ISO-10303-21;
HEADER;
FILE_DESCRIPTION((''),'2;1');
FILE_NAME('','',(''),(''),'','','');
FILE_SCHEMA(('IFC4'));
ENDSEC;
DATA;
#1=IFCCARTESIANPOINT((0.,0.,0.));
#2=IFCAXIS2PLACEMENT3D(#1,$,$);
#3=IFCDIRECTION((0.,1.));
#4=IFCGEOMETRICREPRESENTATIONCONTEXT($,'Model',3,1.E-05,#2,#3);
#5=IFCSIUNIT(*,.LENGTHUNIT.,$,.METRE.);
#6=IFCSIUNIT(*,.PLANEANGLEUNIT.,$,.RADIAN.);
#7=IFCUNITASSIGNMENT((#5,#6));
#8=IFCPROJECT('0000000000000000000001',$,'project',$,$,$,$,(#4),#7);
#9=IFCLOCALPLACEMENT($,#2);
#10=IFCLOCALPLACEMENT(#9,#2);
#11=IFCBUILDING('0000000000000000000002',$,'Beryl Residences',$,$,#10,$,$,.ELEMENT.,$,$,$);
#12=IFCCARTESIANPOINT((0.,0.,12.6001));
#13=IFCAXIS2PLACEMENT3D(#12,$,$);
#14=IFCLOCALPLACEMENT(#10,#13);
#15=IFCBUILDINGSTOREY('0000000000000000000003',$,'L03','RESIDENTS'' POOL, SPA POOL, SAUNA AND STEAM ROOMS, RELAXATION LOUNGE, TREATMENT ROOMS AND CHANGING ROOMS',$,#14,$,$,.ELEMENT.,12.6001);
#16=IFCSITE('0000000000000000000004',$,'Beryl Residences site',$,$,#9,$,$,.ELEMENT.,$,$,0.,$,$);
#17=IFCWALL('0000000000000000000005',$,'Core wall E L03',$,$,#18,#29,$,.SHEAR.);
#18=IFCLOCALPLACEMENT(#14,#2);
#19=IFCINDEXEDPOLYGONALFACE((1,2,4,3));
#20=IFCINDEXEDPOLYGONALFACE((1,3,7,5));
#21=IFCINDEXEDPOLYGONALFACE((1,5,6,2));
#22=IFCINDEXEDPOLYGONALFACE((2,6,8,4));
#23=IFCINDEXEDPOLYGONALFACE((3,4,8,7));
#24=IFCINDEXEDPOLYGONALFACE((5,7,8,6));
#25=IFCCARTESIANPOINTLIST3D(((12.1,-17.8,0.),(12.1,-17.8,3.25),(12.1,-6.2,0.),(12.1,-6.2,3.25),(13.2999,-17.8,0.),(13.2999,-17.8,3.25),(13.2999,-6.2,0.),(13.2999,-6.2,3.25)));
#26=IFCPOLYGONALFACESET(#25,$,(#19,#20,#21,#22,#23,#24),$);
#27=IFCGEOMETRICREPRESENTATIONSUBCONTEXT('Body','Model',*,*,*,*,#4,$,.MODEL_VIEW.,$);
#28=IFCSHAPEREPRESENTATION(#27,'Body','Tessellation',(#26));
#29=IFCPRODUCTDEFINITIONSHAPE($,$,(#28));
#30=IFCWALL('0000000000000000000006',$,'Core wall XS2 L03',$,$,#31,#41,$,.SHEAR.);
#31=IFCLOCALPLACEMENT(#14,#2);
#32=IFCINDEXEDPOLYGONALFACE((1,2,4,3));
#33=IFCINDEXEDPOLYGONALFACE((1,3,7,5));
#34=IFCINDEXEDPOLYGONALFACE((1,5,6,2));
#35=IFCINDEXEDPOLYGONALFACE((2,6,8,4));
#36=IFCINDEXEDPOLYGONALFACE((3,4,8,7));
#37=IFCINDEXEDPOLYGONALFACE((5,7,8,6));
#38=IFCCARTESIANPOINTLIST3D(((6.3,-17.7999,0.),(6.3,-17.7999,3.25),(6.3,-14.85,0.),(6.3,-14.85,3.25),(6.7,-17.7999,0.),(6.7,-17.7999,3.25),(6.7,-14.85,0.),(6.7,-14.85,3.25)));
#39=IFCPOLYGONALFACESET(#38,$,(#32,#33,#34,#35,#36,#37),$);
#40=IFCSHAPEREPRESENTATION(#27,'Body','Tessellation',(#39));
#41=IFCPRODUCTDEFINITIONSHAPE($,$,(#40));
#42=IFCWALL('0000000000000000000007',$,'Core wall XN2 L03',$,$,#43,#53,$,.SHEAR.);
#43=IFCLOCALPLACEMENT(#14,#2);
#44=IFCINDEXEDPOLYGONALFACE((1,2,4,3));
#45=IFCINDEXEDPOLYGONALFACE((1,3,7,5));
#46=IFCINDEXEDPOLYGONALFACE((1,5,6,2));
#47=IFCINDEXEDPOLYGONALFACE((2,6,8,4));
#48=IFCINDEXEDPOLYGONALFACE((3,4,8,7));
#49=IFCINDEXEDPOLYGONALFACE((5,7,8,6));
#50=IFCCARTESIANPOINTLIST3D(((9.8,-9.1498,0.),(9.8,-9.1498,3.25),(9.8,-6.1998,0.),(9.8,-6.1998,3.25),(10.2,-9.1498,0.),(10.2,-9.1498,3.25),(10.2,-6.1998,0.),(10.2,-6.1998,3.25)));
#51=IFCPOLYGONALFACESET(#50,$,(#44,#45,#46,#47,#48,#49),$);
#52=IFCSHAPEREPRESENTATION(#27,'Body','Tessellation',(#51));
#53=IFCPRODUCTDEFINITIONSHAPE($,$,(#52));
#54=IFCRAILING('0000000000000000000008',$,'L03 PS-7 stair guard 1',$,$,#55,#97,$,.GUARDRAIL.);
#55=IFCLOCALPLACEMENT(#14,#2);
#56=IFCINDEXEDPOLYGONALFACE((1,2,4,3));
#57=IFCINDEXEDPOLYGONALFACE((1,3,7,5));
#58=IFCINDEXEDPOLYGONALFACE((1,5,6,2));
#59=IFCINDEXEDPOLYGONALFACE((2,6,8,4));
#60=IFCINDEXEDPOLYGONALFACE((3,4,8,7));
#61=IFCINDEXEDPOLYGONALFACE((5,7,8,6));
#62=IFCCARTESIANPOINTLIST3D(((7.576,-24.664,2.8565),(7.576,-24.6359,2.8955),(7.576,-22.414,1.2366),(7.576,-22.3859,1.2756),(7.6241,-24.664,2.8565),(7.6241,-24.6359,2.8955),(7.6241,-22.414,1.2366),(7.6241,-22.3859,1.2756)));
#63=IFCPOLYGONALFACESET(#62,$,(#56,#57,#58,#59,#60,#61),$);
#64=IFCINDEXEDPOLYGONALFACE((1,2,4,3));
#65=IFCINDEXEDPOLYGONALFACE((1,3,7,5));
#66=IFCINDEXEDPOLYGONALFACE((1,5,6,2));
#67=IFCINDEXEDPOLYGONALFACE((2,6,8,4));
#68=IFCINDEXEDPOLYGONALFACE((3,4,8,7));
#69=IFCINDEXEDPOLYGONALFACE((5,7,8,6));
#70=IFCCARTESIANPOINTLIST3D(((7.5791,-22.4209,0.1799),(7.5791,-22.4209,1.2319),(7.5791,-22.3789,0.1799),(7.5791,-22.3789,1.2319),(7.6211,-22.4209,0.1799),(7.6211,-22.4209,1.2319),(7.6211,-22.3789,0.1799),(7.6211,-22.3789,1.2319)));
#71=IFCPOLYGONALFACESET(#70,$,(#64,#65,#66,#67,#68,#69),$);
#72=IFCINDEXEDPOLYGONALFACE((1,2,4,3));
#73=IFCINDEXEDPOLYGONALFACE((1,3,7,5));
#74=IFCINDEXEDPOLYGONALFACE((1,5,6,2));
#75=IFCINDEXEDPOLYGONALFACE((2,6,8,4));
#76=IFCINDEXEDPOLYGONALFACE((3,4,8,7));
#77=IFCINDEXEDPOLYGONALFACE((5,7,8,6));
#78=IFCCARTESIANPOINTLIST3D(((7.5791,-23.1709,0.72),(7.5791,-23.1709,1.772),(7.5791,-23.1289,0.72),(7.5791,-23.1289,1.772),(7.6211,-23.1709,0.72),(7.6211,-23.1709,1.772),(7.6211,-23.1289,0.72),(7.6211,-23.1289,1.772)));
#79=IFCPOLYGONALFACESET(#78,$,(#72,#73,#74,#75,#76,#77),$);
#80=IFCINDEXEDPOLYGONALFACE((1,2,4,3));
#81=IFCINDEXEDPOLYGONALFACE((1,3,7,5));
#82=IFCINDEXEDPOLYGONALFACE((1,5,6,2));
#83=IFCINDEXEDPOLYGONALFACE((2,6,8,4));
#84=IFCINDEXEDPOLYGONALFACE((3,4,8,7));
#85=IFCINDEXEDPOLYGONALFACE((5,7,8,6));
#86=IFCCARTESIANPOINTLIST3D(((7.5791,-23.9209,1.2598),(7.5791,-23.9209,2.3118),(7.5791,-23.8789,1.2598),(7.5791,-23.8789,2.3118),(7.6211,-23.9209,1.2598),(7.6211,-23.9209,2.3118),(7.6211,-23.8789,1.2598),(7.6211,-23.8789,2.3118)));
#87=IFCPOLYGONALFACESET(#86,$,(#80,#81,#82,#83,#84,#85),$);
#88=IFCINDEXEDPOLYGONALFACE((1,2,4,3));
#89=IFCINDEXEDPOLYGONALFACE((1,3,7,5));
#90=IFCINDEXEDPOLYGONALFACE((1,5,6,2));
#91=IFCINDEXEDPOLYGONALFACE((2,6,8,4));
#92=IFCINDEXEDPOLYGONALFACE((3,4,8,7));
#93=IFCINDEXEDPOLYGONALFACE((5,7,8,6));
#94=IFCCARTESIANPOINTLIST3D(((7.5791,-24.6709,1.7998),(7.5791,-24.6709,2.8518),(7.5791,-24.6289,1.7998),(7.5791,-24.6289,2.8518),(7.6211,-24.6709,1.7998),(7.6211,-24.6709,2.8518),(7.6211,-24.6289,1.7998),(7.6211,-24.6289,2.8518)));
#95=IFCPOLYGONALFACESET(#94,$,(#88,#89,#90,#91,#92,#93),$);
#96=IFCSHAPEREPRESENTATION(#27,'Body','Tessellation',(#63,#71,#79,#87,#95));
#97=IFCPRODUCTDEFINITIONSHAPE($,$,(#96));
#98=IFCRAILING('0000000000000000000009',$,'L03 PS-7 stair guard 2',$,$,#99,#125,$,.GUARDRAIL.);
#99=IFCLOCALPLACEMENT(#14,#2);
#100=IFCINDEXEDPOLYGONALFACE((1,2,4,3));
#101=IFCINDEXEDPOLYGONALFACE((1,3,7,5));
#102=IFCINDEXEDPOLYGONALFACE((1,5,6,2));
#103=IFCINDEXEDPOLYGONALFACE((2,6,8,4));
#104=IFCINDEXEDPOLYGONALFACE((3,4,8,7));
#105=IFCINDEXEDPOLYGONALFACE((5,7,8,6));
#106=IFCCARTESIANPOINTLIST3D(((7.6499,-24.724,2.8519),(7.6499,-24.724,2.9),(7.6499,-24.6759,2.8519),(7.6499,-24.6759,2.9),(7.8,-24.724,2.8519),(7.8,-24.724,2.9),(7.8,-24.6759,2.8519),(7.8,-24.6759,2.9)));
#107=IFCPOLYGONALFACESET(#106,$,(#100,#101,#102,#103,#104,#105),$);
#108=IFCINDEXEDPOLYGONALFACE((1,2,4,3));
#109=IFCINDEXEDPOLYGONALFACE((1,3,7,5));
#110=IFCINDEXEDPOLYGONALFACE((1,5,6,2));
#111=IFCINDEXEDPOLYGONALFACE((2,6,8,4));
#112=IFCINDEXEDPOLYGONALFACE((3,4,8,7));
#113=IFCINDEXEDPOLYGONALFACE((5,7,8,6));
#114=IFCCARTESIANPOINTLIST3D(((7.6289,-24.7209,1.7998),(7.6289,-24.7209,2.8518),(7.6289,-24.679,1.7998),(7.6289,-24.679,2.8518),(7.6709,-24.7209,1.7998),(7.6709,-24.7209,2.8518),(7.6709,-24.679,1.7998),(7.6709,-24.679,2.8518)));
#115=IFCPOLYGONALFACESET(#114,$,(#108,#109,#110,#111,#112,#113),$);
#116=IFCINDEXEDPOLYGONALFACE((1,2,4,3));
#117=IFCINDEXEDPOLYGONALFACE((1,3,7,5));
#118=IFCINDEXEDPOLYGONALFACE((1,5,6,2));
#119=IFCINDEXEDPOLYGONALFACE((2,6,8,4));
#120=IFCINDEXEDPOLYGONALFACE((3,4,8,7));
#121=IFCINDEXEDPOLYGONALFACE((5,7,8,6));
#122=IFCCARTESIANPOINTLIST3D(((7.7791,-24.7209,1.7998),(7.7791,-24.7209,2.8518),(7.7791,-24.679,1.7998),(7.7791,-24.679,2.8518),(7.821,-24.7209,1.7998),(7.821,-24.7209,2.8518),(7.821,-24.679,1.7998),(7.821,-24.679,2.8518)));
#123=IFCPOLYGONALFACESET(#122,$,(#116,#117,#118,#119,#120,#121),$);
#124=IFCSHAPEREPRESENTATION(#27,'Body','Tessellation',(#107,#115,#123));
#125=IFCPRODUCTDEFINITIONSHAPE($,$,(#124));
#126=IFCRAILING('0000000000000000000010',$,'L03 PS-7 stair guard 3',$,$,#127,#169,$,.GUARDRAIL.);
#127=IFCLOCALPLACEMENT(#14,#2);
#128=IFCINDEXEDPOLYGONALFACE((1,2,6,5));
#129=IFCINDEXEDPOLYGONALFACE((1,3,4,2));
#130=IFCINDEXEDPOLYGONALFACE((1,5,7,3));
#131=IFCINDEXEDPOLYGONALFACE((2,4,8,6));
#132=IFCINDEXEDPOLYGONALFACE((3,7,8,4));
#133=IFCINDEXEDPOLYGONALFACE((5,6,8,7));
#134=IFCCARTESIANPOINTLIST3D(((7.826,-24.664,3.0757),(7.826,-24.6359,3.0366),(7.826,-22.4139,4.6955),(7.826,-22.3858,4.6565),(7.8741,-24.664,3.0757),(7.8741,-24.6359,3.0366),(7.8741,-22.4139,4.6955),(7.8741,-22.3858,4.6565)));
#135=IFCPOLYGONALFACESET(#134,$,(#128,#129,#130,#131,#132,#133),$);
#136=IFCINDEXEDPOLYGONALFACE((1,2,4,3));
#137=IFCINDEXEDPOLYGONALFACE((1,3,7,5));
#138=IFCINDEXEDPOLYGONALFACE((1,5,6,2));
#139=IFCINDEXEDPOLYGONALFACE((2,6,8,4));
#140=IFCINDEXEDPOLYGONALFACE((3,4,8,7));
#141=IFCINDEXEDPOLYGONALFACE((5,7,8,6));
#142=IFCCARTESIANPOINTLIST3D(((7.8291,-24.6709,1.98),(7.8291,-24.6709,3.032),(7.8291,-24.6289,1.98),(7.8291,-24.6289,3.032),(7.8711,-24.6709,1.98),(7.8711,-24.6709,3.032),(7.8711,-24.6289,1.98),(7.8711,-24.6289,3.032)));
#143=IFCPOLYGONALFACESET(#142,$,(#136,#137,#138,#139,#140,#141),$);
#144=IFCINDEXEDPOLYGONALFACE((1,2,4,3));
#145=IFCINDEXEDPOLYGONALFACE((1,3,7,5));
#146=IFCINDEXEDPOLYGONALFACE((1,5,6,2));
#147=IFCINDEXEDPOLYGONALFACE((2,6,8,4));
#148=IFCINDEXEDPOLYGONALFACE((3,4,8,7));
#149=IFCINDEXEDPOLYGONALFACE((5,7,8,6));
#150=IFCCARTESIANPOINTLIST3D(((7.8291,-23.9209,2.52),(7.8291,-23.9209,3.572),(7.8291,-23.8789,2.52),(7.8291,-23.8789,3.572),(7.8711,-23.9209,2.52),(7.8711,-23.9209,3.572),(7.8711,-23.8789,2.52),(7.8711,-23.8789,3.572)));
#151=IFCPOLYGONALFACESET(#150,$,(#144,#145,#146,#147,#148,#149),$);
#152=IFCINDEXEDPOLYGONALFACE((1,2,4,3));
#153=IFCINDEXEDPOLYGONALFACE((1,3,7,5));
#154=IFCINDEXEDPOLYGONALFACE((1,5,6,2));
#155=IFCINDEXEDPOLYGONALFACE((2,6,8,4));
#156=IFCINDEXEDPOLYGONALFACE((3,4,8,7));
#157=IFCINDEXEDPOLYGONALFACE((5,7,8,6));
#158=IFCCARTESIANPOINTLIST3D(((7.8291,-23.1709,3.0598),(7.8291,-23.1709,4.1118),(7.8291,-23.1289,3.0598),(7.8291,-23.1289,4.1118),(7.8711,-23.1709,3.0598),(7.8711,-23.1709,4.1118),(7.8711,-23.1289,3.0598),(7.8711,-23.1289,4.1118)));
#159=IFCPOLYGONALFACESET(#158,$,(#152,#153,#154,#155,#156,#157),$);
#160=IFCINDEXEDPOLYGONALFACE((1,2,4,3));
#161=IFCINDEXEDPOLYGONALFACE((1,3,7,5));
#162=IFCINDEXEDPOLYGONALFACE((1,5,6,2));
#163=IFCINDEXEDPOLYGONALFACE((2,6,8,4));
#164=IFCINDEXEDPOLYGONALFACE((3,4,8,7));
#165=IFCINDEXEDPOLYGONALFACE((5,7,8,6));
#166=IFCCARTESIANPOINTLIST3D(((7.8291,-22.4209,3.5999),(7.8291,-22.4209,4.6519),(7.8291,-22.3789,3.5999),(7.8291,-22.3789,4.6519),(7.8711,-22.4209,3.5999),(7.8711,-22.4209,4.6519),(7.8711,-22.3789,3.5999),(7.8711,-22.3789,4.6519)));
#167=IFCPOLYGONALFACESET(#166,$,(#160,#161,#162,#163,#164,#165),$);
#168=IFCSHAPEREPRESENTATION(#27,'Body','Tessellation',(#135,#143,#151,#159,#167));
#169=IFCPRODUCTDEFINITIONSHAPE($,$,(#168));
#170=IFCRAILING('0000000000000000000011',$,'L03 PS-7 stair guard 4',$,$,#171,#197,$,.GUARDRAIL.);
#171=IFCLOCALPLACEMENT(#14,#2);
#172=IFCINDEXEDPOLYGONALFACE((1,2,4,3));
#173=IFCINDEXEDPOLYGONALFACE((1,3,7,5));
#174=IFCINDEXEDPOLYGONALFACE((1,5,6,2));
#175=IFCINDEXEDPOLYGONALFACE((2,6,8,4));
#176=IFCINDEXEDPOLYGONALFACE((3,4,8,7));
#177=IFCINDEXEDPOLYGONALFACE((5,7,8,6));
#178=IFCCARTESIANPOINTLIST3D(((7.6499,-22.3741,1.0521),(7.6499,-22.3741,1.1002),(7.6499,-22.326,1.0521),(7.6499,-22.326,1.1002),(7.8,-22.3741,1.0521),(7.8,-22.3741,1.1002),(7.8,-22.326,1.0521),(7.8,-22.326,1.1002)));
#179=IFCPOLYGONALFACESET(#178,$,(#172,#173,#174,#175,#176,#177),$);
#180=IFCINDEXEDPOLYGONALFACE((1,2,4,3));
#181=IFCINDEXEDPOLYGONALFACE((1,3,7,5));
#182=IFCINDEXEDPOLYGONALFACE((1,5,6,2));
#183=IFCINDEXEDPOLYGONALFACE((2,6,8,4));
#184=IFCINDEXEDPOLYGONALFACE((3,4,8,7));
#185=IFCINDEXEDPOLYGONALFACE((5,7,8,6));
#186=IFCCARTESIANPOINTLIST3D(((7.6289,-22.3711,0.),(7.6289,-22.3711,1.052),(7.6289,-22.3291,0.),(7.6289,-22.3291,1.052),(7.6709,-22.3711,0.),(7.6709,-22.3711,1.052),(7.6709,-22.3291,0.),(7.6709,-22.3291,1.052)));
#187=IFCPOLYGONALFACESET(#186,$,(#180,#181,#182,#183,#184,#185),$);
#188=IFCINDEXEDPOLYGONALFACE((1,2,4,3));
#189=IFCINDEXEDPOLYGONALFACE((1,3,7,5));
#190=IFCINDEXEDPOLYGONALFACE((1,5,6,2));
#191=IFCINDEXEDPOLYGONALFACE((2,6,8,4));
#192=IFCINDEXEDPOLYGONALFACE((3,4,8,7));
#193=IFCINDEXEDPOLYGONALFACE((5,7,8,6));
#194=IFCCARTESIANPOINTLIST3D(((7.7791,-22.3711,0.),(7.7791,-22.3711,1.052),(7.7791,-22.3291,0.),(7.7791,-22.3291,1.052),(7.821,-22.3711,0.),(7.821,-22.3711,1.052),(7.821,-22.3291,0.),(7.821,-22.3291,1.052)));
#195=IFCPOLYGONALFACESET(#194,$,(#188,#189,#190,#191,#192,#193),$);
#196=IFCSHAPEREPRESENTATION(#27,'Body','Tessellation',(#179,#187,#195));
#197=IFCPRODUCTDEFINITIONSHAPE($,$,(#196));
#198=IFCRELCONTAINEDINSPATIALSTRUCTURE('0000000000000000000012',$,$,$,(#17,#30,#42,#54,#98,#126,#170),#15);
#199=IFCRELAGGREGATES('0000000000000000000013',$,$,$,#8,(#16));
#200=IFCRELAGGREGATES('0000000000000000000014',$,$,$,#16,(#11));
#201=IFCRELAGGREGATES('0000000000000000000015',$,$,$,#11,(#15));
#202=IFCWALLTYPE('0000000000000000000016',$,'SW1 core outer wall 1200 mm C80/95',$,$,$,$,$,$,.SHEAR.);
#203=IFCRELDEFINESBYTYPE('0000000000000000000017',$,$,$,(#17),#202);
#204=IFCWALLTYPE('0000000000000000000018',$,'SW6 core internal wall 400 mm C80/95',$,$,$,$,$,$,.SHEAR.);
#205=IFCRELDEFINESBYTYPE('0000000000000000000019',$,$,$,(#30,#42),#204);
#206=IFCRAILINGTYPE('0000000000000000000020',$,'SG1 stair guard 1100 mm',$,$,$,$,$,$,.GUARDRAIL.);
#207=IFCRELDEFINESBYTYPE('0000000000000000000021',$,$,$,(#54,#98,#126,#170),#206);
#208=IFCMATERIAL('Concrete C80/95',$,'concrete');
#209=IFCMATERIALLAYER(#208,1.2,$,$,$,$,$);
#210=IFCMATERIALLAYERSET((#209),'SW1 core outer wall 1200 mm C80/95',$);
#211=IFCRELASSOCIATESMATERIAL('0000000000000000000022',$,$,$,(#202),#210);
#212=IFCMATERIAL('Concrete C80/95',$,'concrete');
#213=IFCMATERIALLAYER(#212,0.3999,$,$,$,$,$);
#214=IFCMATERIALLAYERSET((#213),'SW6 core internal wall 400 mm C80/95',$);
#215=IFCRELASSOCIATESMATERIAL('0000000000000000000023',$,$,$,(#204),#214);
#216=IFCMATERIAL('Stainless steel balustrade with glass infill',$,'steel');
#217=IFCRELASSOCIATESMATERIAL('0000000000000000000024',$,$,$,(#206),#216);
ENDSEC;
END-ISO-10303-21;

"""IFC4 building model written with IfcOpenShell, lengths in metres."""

from ifc_helpers import new_model, si_unit, direction, frame, frame_2d, origin, origin_2d, place, context, subcontext, project, spatial, rectangle, extrude, material, layer, layer_set, type_object, element, save


model = new_model("IFC4")

# Units and contexts
model_context = context("Model", 3, precision=1e-05, world=origin(), true_north=direction((0.0, 1.0)))
body_context = subcontext(model_context, "Body", "Model", "MODEL_VIEW")
ifc_project = project(units=[si_unit("LENGTHUNIT", "METRE"), si_unit("PLANEANGLEUNIT", "RADIAN")], contexts=[model_context])

# Site, building, storey
site_placement = place(None, origin())
site = spatial("IfcSite", under=ifc_project, at=site_placement, Name="Beryl Residences site", CompositionType="ELEMENT", RefElevation=0.0)
building_placement = place(site_placement, origin())
building = spatial("IfcBuilding", under=site, at=building_placement, Name="Beryl Residences", CompositionType="ELEMENT")
storey_placement = place(building_placement, frame((0.0, 0.0, 12.6001)))
storey = spatial("IfcBuildingStorey", under=building, at=storey_placement, Name="L03", Description="RESIDENTS' POOL, SPA POOL, SAUNA AND STEAM ROOMS, RELAXATION LOUNGE, TREATMENT ROOMS AND CHANGING ROOMS", CompositionType="ELEMENT", Elevation=12.6001)

# Walls
ifc_material_1 = material(Name="Concrete C80/95", Category="concrete")
ifc_layer_1 = layer(ifc_material_1, 1.2)
ifc_layer_set_1 = layer_set([ifc_layer_1], Name="SW1 core outer wall 1200 mm C80/95")
wall_type_1 = type_object("IfcWallType", Name="SW1 core outer wall 1200 mm C80/95", PredefinedType="SHEAR", material=ifc_layer_set_1)
wall_1_placement = place(storey_placement, frame((12.7, -17.8, 0.0), z_axis=(0.0, 0.0, 1.0), x_axis=(0.0, 1.0, 0.0)))
element("IfcWall", 1, at=wall_1_placement, inside=storey, type_object=wall_type_1, Name="Core wall E L03", PredefinedType="SHEAR", context=body_context, shape_type="SweptSolid", body=[
    extrude(rectangle(XDim=11.6001, YDim=1.2, at=frame_2d((5.8, 0.0))), origin(), (0.0, 0.0, 1.0), 3.25),
])
ifc_material_2 = material(Name="Concrete C80/95", Category="concrete")
ifc_layer_2 = layer(ifc_material_2, 0.3999)
ifc_layer_set_2 = layer_set([ifc_layer_2], Name="SW6 core internal wall 400 mm C80/95")
wall_type_2 = type_object("IfcWallType", Name="SW6 core internal wall 400 mm C80/95", PredefinedType="SHEAR", material=ifc_layer_set_2)
for number, where, z_axis, x_axis, name in (
    (2, (6.5, -17.8, 0.0), (0.0, 0.0, 1.0), (0.0, 1.0, 0.0), "Core wall XS2 L03"),
    (3, (10.0, -9.1499, 0.0), (0.0, 0.0, 1.0), (0.0, 1.0, 0.0), "Core wall XN2 L03"),
):
    element("IfcWall", number, at=place(storey_placement, frame(where, z_axis=z_axis, x_axis=x_axis)), inside=storey, type_object=wall_type_2, Name=name, PredefinedType="SHEAR", context=body_context, shape_type="SweptSolid", body=[
        extrude(rectangle(XDim=2.95, YDim=0.3999, at=frame_2d((1.4751, 0.0))), origin(), (0.0, 0.0, 1.0), 3.25),
    ])

# Railings
ifc_material_3 = material(Name="Stainless steel balustrade with glass infill", Category="steel")
railing_type_1 = type_object("IfcRailingType", Name="SG1 stair guard 1100 mm", PredefinedType="GUARDRAIL", material=ifc_material_3)
railing_1_placement = place(storey_placement, frame((7.6001, -22.3999, 0.1799)))
element("IfcRailing", 4, at=railing_1_placement, inside=storey, type_object=railing_type_1, Name="L03 PS-7 stair guard 1", PredefinedType="GUARDRAIL", context=body_context, shape_type="SweptSolid", body=[
    extrude(rectangle(XDim=0.0481, YDim=0.0481, at=origin_2d()), frame((0.0, 0.0, 1.0762), z_axis=(0.0, -0.811556, 0.584275), x_axis=(1.0, 0.0, 0.0)), (0.0, 0.0, 1.0), 2.7725),
    extrude(rectangle(XDim=0.042, YDim=0.042, at=origin_2d()), origin(), (0.0, 0.0, 1.0), 1.052),
    extrude(rectangle(XDim=0.042, YDim=0.042, at=origin_2d()), frame((0.0, -0.75, 0.54)), (0.0, 0.0, 1.0), 1.052),
    extrude(rectangle(XDim=0.042, YDim=0.042, at=origin_2d()), frame((0.0, -1.5, 1.0798)), (0.0, 0.0, 1.0), 1.052),
    extrude(rectangle(XDim=0.042, YDim=0.042, at=origin_2d()), frame((0.0, -2.25, 1.6199)), (0.0, 0.0, 1.0), 1.052),
])
railing_2_placement = place(storey_placement, frame((7.6499, -24.7, 1.7998)))
element("IfcRailing", 5, at=railing_2_placement, inside=storey, type_object=railing_type_1, Name="L03 PS-7 stair guard 2", PredefinedType="GUARDRAIL", context=body_context, shape_type="SweptSolid", body=[
    extrude(rectangle(XDim=0.0481, YDim=0.0481, at=origin_2d()), frame((0.0, 0.0, 1.0762), z_axis=(1.0, 0.0, 0.0), x_axis=(0.0, 1.0, 0.0)), (0.0, 0.0, 1.0), 0.1501),
    extrude(rectangle(XDim=0.042, YDim=0.042, at=origin_2d()), origin(), (0.0, 0.0, 1.0), 1.052),
    extrude(rectangle(XDim=0.042, YDim=0.042, at=origin_2d()), frame((0.1501, 0.0, 0.0)), (0.0, 0.0, 1.0), 1.052),
])
railing_3_placement = place(storey_placement, frame((7.8501, -24.6499, 1.98)))
element("IfcRailing", 6, at=railing_3_placement, inside=storey, type_object=railing_type_1, Name="L03 PS-7 stair guard 3", PredefinedType="GUARDRAIL", context=body_context, shape_type="SweptSolid", body=[
    extrude(rectangle(XDim=0.0481, YDim=0.0481, at=origin_2d()), frame((0.0, 0.0, 1.0762), z_axis=(0.0, 0.811556, 0.584275), x_axis=(-1.0, 0.0, 0.0)), (0.0, 0.0, 1.0), 2.7725),
    extrude(rectangle(XDim=0.042, YDim=0.042, at=origin_2d()), origin(), (0.0, 0.0, 1.0), 1.052),
    extrude(rectangle(XDim=0.042, YDim=0.042, at=origin_2d()), frame((0.0, 0.75, 0.54)), (0.0, 0.0, 1.0), 1.052),
    extrude(rectangle(XDim=0.042, YDim=0.042, at=origin_2d()), frame((0.0, 1.5, 1.0798)), (0.0, 0.0, 1.0), 1.052),
    extrude(rectangle(XDim=0.042, YDim=0.042, at=origin_2d()), frame((0.0, 2.25, 1.6199)), (0.0, 0.0, 1.0), 1.052),
])
railing_4_placement = place(storey_placement, frame((7.6499, -22.3501, 0.0)))
element("IfcRailing", 7, at=railing_4_placement, inside=storey, type_object=railing_type_1, Name="L03 PS-7 stair guard 4", PredefinedType="GUARDRAIL", context=body_context, shape_type="SweptSolid", body=[
    extrude(rectangle(XDim=0.0481, YDim=0.0481, at=origin_2d()), frame((0.0, 0.0, 1.0762), z_axis=(1.0, 0.0, 0.0), x_axis=(0.0, 1.0, 0.0)), (0.0, 0.0, 1.0), 0.1501),
    extrude(rectangle(XDim=0.042, YDim=0.042, at=origin_2d()), origin(), (0.0, 0.0, 1.0), 1.052),
    extrude(rectangle(XDim=0.042, YDim=0.042, at=origin_2d()), frame((0.1501, 0.0, 0.0)), (0.0, 0.0, 1.0), 1.052),
])

save(model, "model.ifc")
